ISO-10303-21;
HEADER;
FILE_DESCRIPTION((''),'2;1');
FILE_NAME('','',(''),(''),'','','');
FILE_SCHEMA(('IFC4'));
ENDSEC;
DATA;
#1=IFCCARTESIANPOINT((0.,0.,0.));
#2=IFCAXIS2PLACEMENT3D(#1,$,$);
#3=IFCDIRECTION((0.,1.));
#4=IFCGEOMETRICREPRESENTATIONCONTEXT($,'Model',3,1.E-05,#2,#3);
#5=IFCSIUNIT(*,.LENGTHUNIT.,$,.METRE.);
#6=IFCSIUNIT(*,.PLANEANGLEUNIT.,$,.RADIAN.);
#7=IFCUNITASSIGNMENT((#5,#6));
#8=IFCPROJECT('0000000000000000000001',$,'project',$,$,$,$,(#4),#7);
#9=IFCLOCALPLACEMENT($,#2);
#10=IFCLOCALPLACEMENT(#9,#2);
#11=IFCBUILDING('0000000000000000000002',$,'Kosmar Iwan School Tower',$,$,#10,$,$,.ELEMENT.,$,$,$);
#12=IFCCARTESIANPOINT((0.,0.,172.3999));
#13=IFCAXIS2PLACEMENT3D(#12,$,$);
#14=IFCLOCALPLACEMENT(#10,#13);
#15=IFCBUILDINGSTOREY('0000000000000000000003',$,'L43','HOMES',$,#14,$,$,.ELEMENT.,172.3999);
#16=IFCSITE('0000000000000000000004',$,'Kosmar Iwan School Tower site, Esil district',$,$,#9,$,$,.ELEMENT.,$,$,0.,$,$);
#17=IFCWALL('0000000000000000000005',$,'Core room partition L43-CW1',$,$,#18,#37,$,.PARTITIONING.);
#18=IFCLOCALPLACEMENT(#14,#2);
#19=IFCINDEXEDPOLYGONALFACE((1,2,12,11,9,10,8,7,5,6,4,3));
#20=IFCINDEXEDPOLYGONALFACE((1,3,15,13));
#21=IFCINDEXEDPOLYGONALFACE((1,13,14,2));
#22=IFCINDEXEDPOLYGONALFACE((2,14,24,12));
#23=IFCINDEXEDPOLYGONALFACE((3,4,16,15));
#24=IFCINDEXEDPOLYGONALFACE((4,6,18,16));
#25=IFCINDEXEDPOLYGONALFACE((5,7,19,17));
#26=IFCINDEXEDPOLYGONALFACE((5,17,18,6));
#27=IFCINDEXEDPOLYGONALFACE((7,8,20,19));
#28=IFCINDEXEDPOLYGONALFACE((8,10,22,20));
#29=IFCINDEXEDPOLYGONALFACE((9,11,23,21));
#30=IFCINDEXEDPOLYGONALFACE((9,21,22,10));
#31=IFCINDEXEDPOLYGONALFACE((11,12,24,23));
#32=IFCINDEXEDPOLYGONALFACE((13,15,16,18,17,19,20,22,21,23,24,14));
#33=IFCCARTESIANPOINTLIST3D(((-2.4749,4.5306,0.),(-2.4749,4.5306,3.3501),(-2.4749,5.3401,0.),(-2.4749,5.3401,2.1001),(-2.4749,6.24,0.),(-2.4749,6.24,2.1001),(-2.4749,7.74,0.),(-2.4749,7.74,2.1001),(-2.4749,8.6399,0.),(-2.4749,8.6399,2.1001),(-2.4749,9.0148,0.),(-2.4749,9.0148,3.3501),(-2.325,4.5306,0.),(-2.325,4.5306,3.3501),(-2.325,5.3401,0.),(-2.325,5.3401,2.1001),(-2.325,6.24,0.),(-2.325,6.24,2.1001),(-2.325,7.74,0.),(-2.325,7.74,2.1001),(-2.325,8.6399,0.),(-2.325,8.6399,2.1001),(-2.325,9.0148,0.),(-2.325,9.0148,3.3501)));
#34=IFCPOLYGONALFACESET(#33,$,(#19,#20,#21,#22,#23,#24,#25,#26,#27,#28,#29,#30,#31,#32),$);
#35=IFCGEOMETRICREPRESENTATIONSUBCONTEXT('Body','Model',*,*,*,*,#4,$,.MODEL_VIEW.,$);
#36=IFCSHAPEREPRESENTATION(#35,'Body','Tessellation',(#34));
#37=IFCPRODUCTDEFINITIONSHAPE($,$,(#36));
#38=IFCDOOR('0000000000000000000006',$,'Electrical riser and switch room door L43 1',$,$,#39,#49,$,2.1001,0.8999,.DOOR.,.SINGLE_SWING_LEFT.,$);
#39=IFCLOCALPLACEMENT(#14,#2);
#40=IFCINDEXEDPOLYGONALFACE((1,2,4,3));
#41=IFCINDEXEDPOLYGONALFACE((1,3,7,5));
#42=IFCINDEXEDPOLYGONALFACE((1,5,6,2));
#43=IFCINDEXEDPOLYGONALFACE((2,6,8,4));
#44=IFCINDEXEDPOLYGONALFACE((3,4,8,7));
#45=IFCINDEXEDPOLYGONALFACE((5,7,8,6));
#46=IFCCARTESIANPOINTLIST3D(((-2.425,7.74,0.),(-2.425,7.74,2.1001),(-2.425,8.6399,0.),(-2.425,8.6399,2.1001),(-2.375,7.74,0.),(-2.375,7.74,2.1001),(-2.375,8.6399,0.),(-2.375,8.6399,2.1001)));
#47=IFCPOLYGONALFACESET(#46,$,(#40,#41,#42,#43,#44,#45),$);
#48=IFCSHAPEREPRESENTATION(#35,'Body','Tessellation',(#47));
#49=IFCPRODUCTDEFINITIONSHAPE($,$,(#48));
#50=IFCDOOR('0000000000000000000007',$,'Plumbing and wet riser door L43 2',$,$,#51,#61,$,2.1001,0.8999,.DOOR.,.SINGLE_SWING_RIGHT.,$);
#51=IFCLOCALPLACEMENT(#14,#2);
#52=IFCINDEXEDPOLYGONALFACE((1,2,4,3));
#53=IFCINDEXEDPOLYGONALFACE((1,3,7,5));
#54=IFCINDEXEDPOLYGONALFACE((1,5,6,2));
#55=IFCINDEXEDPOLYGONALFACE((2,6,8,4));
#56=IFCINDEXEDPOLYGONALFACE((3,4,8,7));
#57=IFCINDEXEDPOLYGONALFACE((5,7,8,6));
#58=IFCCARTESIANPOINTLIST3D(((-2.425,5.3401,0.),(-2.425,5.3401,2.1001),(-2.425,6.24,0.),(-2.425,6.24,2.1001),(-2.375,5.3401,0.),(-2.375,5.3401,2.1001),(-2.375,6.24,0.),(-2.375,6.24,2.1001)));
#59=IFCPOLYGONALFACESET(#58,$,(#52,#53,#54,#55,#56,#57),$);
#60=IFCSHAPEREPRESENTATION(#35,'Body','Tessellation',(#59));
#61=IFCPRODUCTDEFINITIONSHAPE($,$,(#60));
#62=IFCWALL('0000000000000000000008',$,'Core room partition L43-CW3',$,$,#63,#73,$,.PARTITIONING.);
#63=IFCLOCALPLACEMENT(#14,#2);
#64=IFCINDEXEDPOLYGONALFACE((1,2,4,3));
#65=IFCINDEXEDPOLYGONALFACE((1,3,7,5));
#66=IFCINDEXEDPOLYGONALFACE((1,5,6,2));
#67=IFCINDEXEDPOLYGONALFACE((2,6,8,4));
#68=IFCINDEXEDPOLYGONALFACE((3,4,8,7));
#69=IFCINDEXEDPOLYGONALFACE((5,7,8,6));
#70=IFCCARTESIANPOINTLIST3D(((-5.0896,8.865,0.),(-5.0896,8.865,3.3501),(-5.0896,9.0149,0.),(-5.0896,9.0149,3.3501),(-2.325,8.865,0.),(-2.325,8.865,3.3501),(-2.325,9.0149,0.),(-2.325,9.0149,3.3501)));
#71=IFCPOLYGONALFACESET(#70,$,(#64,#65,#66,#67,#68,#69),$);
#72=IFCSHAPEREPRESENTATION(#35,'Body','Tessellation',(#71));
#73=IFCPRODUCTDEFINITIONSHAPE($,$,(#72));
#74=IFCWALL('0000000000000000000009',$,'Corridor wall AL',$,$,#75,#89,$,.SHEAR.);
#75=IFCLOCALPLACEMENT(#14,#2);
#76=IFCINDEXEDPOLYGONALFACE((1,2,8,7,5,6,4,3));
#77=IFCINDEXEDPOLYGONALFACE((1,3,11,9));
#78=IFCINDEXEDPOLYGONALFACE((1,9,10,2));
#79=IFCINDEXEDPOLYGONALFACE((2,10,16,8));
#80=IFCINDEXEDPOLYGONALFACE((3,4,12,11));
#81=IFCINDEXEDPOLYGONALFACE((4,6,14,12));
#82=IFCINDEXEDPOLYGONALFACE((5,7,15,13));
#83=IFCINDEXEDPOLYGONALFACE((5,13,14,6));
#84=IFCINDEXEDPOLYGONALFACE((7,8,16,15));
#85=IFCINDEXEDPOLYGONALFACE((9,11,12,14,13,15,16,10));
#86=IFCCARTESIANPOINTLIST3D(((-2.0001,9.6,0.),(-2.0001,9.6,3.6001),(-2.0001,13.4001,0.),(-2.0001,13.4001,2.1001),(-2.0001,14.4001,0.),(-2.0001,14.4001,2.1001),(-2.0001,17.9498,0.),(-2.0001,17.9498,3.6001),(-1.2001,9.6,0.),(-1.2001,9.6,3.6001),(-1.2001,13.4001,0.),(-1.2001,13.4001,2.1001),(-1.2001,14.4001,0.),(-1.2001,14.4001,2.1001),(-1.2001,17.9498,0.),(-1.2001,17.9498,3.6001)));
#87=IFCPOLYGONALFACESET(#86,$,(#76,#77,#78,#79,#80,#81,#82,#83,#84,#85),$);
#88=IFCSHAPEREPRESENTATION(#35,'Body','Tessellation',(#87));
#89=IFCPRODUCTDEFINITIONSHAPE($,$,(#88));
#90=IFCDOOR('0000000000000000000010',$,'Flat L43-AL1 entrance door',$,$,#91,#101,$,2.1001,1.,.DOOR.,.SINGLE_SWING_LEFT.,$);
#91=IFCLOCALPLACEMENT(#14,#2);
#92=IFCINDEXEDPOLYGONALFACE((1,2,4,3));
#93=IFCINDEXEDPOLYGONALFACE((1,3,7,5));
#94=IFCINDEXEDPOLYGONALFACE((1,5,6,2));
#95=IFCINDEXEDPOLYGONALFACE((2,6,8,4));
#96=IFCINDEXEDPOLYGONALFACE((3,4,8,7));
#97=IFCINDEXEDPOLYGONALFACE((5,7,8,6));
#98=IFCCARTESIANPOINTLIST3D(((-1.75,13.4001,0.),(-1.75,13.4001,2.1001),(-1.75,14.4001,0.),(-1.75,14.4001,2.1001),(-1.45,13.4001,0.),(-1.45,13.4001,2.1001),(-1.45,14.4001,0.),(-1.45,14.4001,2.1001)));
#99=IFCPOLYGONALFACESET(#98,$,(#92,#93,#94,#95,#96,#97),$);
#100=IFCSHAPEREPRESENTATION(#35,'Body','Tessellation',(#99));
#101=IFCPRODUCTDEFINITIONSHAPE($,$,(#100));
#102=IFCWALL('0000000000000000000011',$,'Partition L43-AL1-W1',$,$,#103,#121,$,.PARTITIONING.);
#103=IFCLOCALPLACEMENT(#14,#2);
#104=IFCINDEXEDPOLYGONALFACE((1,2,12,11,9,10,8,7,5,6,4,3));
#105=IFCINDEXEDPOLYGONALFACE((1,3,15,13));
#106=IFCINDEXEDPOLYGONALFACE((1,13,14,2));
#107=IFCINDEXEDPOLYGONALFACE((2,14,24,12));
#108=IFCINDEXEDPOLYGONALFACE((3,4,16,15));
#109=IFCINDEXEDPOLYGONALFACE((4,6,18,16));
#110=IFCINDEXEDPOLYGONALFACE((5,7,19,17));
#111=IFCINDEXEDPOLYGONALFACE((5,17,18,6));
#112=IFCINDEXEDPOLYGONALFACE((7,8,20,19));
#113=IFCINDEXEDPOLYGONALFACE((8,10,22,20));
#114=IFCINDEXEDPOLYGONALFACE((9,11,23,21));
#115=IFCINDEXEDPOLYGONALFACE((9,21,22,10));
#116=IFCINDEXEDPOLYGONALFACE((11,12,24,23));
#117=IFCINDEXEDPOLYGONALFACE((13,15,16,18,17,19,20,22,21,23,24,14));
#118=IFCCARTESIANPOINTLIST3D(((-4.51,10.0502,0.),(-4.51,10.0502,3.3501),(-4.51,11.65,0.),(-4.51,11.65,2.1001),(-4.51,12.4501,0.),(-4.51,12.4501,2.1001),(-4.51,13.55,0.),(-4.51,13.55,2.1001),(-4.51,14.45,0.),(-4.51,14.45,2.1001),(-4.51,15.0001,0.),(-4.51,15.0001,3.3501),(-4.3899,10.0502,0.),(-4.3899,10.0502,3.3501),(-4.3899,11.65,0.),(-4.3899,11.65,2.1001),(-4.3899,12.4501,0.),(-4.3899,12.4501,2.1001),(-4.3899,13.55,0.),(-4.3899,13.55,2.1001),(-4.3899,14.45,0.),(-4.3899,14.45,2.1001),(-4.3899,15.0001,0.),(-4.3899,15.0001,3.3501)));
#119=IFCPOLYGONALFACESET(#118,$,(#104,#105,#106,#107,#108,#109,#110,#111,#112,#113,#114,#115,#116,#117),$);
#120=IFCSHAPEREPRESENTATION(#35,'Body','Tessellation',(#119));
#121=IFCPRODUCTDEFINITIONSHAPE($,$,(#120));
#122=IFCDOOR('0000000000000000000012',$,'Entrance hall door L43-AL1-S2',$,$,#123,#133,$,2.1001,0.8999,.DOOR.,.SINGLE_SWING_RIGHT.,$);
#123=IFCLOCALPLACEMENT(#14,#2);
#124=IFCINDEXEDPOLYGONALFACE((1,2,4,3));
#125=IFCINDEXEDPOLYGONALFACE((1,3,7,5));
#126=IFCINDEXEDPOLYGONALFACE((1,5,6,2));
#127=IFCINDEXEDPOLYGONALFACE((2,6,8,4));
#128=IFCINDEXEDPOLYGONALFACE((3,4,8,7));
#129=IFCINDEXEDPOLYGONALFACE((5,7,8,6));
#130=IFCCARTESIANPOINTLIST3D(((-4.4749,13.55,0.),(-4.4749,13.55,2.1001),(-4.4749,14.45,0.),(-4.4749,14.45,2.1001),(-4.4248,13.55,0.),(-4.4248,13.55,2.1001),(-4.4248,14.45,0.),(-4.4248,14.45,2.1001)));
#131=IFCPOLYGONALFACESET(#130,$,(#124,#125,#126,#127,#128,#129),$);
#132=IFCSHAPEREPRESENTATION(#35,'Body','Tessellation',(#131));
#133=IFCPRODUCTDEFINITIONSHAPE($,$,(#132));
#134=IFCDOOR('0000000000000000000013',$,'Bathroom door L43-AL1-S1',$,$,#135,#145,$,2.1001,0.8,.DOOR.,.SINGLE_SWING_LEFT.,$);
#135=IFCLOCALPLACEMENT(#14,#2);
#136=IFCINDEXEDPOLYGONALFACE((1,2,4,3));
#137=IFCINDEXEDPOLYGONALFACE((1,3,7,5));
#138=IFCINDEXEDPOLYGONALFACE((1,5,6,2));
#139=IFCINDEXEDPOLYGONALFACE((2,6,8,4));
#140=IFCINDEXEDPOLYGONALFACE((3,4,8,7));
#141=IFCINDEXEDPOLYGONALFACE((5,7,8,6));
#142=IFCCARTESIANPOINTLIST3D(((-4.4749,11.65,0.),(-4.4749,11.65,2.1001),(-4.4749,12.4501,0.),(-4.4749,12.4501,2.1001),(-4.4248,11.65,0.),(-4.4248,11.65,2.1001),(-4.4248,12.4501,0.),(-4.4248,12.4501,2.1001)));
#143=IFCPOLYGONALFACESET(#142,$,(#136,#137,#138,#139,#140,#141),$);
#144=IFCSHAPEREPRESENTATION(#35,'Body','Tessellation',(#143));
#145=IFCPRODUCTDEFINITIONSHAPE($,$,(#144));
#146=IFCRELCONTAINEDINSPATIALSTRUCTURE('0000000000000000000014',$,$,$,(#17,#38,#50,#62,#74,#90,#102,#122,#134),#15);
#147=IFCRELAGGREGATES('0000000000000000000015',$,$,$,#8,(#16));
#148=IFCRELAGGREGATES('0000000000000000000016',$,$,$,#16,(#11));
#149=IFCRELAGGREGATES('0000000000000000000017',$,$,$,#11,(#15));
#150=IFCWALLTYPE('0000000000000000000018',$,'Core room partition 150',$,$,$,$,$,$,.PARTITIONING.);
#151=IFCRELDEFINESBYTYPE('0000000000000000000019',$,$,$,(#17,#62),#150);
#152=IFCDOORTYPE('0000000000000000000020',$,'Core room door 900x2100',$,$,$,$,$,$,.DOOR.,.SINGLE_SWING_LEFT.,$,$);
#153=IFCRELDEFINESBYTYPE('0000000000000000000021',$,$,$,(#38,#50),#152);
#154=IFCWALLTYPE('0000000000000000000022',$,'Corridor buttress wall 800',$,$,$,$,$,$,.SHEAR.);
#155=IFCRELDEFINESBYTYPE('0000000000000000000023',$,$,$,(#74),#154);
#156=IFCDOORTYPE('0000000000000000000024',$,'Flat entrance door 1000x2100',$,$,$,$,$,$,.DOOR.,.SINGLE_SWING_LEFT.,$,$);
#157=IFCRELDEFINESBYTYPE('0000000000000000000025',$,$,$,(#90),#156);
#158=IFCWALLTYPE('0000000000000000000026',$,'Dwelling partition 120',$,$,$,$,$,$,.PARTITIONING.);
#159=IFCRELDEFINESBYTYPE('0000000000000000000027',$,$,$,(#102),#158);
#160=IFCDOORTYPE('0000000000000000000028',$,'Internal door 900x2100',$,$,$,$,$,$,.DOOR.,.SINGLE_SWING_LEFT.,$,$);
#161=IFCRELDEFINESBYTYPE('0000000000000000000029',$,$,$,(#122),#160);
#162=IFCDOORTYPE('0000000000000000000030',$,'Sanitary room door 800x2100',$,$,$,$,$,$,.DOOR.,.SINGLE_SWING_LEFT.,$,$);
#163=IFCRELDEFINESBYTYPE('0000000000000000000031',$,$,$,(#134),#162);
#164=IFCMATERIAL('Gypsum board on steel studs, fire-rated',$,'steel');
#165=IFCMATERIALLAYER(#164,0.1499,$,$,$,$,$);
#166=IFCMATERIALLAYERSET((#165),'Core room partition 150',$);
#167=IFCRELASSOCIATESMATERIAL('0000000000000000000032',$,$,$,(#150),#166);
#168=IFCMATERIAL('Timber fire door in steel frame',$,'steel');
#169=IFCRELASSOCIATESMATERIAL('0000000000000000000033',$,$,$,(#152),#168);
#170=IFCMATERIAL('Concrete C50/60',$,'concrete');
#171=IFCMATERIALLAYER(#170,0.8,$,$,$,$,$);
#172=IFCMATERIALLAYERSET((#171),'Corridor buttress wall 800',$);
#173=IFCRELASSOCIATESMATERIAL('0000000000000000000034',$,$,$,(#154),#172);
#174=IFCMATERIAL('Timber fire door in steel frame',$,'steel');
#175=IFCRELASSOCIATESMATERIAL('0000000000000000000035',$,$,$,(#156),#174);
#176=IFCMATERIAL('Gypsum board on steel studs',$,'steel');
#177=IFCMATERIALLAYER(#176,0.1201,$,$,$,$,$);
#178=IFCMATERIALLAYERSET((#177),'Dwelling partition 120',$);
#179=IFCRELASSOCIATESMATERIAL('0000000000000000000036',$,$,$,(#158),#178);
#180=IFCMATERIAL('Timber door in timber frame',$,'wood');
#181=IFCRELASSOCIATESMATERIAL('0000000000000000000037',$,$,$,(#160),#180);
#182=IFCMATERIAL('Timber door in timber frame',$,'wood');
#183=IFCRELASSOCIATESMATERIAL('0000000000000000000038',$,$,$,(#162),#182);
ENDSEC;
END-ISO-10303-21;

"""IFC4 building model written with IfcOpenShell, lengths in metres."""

from ifc_helpers import new_model, si_unit, direction, frame, frame_2d, origin, place, context, subcontext, project, spatial, rectangle, extrude, material, layer, layer_set, type_object, element, fill, save


model = new_model("IFC4")

# Units and contexts
model_context = context("Model", 3, precision=1e-05, world=origin(), true_north=direction((0.0, 1.0)))
body_context = subcontext(model_context, "Body", "Model", "MODEL_VIEW")
ifc_project = project(units=[si_unit("LENGTHUNIT", "METRE"), si_unit("PLANEANGLEUNIT", "RADIAN")], contexts=[model_context])

# Site, building, storey
site_placement = place(None, origin())
site = spatial("IfcSite", under=ifc_project, at=site_placement, Name="Kosmar Iwan School Tower site, Esil district", CompositionType="ELEMENT", RefElevation=0.0)
building_placement = place(site_placement, origin())
building = spatial("IfcBuilding", under=site, at=building_placement, Name="Kosmar Iwan School Tower", CompositionType="ELEMENT")
storey_placement = place(building_placement, frame((0.0, 0.0, 172.3999)))
storey = spatial("IfcBuildingStorey", under=building, at=storey_placement, Name="L43", Description="HOMES", CompositionType="ELEMENT", Elevation=172.3999)

# Wall, openings, doors
ifc_material_1 = material(Name="Gypsum board on steel studs, fire-rated", Category="steel")
ifc_layer_1 = layer(ifc_material_1, 0.1499)
ifc_layer_set_1 = layer_set([ifc_layer_1], Name="Core room partition 150")
wall_type_1 = type_object("IfcWallType", Name="Core room partition 150", PredefinedType="PARTITIONING", material=ifc_layer_set_1)
wall_1_placement = place(storey_placement, frame((-2.3999, 9.0149, 0.0), z_axis=(0.0, 0.0, 1.0), x_axis=(0.0, -1.0, 0.0)))
wall_1 = element("IfcWall", 1, at=wall_1_placement, inside=storey, type_object=wall_type_1, Name="Core room partition L43-CW1", PredefinedType="PARTITIONING", context=body_context, shape_type="SweptSolid", body=[
    extrude(rectangle(XDim=4.4841, YDim=0.1499, at=frame_2d((2.2422, 0.0))), origin(), (0.0, 0.0, 1.0), 3.3501),
])
opening_1_placement = place(wall_1_placement, frame((0.375, 0.0, 0.0)))
opening_1 = element("IfcOpeningElement", 2, at=opening_1_placement, cuts=wall_1, PredefinedType="OPENING", context=body_context, shape_type="SweptSolid", body=[
    extrude(rectangle(XDim=0.8999, YDim=2.1001, at=frame_2d((0.45, 1.05))), frame((0.0, 0.0869, 0.0), z_axis=(0.0, -1.0, 0.0), x_axis=(1.0, 0.0, 0.0)), (0.0, 0.0, 1.0), 0.1738),
])
opening_2_placement = place(wall_1_placement, frame((2.7749, 0.0, 0.0)))
opening_2 = element("IfcOpeningElement", 3, at=opening_2_placement, cuts=wall_1, PredefinedType="OPENING", context=body_context, shape_type="SweptSolid", body=[
    extrude(rectangle(XDim=0.8999, YDim=2.1001, at=frame_2d((0.45, 1.05))), frame((0.0, 0.0869, 0.0), z_axis=(0.0, -1.0, 0.0), x_axis=(1.0, 0.0, 0.0)), (0.0, 0.0, 1.0), 0.1738),
])
ifc_material_2 = material(Name="Timber fire door in steel frame", Category="steel")
door_type_1 = type_object("IfcDoorType", Name="Core room door 900x2100", OperationType="SINGLE_SWING_LEFT", PredefinedType="DOOR", material=ifc_material_2)
door_1_placement = place(opening_1_placement, origin())
door_1 = element("IfcDoor", 4, at=door_1_placement, inside=storey, type_object=door_type_1, Name="Electrical riser and switch room door L43 1", OperationType="SINGLE_SWING_LEFT", OverallHeight=2.1001, OverallWidth=0.8999, PredefinedType="DOOR", context=body_context, shape_type="SweptSolid", body=[
    extrude(rectangle(XDim=0.8999, YDim=2.1001, at=frame_2d((0.45, 1.05))), frame((0.0, 0.0249, 0.0), z_axis=(0.0, -1.0, 0.0), x_axis=(1.0, 0.0, 0.0)), (0.0, 0.0, 1.0), 0.05),
])
fill(opening_1, door_1)
door_2_placement = place(opening_2_placement, origin())
door_2 = element("IfcDoor", 5, at=door_2_placement, inside=storey, type_object=door_type_1, Name="Plumbing and wet riser door L43 2", OperationType="SINGLE_SWING_RIGHT", OverallHeight=2.1001, OverallWidth=0.8999, PredefinedType="DOOR", context=body_context, shape_type="SweptSolid", body=[
    extrude(rectangle(XDim=0.8999, YDim=2.1001, at=frame_2d((0.45, 1.05))), frame((0.0, 0.0249, 0.0), z_axis=(0.0, -1.0, 0.0), x_axis=(1.0, 0.0, 0.0)), (0.0, 0.0, 1.0), 0.05),
])
fill(opening_2, door_2)

# Wall
wall_2_placement = place(storey_placement, frame((-5.0896, 8.9399, 0.0), z_axis=(0.0, 0.0, 1.0), x_axis=(1.0, 0.0, 0.0)))
element("IfcWall", 6, at=wall_2_placement, inside=storey, type_object=wall_type_1, Name="Core room partition L43-CW3", PredefinedType="PARTITIONING", context=body_context, shape_type="SweptSolid", body=[
    extrude(rectangle(XDim=2.7646, YDim=0.1499, at=frame_2d((1.3823, 0.0))), origin(), (0.0, 0.0, 1.0), 3.3501),
])

# Wall, opening, door
ifc_material_3 = material(Name="Concrete C50/60", Category="concrete")
ifc_layer_2 = layer(ifc_material_3, 0.8)
ifc_layer_set_2 = layer_set([ifc_layer_2], Name="Corridor buttress wall 800")
wall_type_2 = type_object("IfcWallType", Name="Corridor buttress wall 800", PredefinedType="SHEAR", material=ifc_layer_set_2)
wall_3_placement = place(storey_placement, frame((-1.6001, 9.6001, 0.0), z_axis=(0.0, 0.0, 1.0), x_axis=(0.0, 1.0, 0.0)))
wall_3 = element("IfcWall", 7, at=wall_3_placement, inside=storey, type_object=wall_type_2, Name="Corridor wall AL", PredefinedType="SHEAR", context=body_context, shape_type="SweptSolid", body=[
    extrude(rectangle(XDim=8.3499, YDim=0.8, at=frame_2d((4.1748, 0.0))), origin(), (0.0, 0.0, 1.0), 3.6001),
])
opening_3_placement = place(wall_3_placement, frame((3.8, 0.0, 0.0)))
opening_3 = element("IfcOpeningElement", 8, at=opening_3_placement, cuts=wall_3, PredefinedType="OPENING", context=body_context, shape_type="SweptSolid", body=[
    extrude(rectangle(XDim=1.0, YDim=2.1001, at=frame_2d((0.5, 1.05))), frame((0.0, 0.4121, 0.0), z_axis=(0.0, -1.0, 0.0), x_axis=(1.0, 0.0, 0.0)), (0.0, 0.0, 1.0), 0.824),
])
ifc_material_4 = material(Name="Timber fire door in steel frame", Category="steel")
door_type_2 = type_object("IfcDoorType", Name="Flat entrance door 1000x2100", OperationType="SINGLE_SWING_LEFT", PredefinedType="DOOR", material=ifc_material_4)
door_3_placement = place(opening_3_placement, origin())
door_3 = element("IfcDoor", 9, at=door_3_placement, inside=storey, type_object=door_type_2, Name="Flat L43-AL1 entrance door", OperationType="SINGLE_SWING_LEFT", OverallHeight=2.1001, OverallWidth=1.0, PredefinedType="DOOR", context=body_context, shape_type="SweptSolid", body=[
    extrude(rectangle(XDim=1.0, YDim=2.1001, at=frame_2d((0.5, 1.05))), frame((0.0, 0.1499, 0.0), z_axis=(0.0, -1.0, 0.0), x_axis=(1.0, 0.0, 0.0)), (0.0, 0.0, 1.0), 0.3),
])
fill(opening_3, door_3)

# Wall, openings, doors
ifc_material_5 = material(Name="Gypsum board on steel studs", Category="steel")
ifc_layer_3 = layer(ifc_material_5, 0.1201)
ifc_layer_set_3 = layer_set([ifc_layer_3], Name="Dwelling partition 120")
wall_type_3 = type_object("IfcWallType", Name="Dwelling partition 120", PredefinedType="PARTITIONING", material=ifc_layer_set_3)
wall_4_placement = place(storey_placement, frame((-4.45, 10.05, 0.0), z_axis=(0.0, 0.0, 1.0), x_axis=(0.0, 1.0, 0.0)))
wall_4 = element("IfcWall", 10, at=wall_4_placement, inside=storey, type_object=wall_type_3, Name="Partition L43-AL1-W1", PredefinedType="PARTITIONING", context=body_context, shape_type="SweptSolid", body=[
    extrude(rectangle(XDim=4.95, YDim=0.1201, at=frame_2d((2.4751, 0.0))), origin(), (0.0, 0.0, 1.0), 3.3501),
])
opening_4_placement = place(wall_4_placement, frame((1.6001, 0.0, 0.0)))
opening_4 = element("IfcOpeningElement", 11, at=opening_4_placement, cuts=wall_4, PredefinedType="OPENING", context=body_context, shape_type="SweptSolid", body=[
    extrude(rectangle(XDim=0.8, YDim=2.1001, at=frame_2d((0.3999, 1.05))), frame((0.0, 0.072, 0.0), z_axis=(0.0, -1.0, 0.0), x_axis=(1.0, 0.0, 0.0)), (0.0, 0.0, 1.0), 0.144),
])
opening_5_placement = place(wall_4_placement, frame((3.5, 0.0, 0.0)))
opening_5 = element("IfcOpeningElement", 12, at=opening_5_placement, cuts=wall_4, PredefinedType="OPENING", context=body_context, shape_type="SweptSolid", body=[
    extrude(rectangle(XDim=0.8999, YDim=2.1001, at=frame_2d((0.45, 1.05))), frame((0.0, 0.072, 0.0), z_axis=(0.0, -1.0, 0.0), x_axis=(1.0, 0.0, 0.0)), (0.0, 0.0, 1.0), 0.144),
])
ifc_material_6 = material(Name="Timber door in timber frame", Category="wood")
door_type_3 = type_object("IfcDoorType", Name="Internal door 900x2100", OperationType="SINGLE_SWING_LEFT", PredefinedType="DOOR", material=ifc_material_6)
door_4_placement = place(opening_5_placement, origin())
door_4 = element("IfcDoor", 13, at=door_4_placement, inside=storey, type_object=door_type_3, Name="Entrance hall door L43-AL1-S2", OperationType="SINGLE_SWING_RIGHT", OverallHeight=2.1001, OverallWidth=0.8999, PredefinedType="DOOR", context=body_context, shape_type="SweptSolid", body=[
    extrude(rectangle(XDim=0.8999, YDim=2.1001, at=frame_2d((0.45, 1.05))), frame((0.0, 0.0249, 0.0), z_axis=(0.0, -1.0, 0.0), x_axis=(1.0, 0.0, 0.0)), (0.0, 0.0, 1.0), 0.05),
])
fill(opening_5, door_4)
ifc_material_7 = material(Name="Timber door in timber frame", Category="wood")
door_type_4 = type_object("IfcDoorType", Name="Sanitary room door 800x2100", OperationType="SINGLE_SWING_LEFT", PredefinedType="DOOR", material=ifc_material_7)
door_5_placement = place(opening_4_placement, origin())
door_5 = element("IfcDoor", 14, at=door_5_placement, inside=storey, type_object=door_type_4, Name="Bathroom door L43-AL1-S1", OperationType="SINGLE_SWING_LEFT", OverallHeight=2.1001, OverallWidth=0.8, PredefinedType="DOOR", context=body_context, shape_type="SweptSolid", body=[
    extrude(rectangle(XDim=0.8, YDim=2.1001, at=frame_2d((0.3999, 1.05))), frame((0.0, 0.0249, 0.0), z_axis=(0.0, -1.0, 0.0), x_axis=(1.0, 0.0, 0.0)), (0.0, 0.0, 1.0), 0.05),
])
fill(opening_4, door_5)

save(model, "model.ifc")
